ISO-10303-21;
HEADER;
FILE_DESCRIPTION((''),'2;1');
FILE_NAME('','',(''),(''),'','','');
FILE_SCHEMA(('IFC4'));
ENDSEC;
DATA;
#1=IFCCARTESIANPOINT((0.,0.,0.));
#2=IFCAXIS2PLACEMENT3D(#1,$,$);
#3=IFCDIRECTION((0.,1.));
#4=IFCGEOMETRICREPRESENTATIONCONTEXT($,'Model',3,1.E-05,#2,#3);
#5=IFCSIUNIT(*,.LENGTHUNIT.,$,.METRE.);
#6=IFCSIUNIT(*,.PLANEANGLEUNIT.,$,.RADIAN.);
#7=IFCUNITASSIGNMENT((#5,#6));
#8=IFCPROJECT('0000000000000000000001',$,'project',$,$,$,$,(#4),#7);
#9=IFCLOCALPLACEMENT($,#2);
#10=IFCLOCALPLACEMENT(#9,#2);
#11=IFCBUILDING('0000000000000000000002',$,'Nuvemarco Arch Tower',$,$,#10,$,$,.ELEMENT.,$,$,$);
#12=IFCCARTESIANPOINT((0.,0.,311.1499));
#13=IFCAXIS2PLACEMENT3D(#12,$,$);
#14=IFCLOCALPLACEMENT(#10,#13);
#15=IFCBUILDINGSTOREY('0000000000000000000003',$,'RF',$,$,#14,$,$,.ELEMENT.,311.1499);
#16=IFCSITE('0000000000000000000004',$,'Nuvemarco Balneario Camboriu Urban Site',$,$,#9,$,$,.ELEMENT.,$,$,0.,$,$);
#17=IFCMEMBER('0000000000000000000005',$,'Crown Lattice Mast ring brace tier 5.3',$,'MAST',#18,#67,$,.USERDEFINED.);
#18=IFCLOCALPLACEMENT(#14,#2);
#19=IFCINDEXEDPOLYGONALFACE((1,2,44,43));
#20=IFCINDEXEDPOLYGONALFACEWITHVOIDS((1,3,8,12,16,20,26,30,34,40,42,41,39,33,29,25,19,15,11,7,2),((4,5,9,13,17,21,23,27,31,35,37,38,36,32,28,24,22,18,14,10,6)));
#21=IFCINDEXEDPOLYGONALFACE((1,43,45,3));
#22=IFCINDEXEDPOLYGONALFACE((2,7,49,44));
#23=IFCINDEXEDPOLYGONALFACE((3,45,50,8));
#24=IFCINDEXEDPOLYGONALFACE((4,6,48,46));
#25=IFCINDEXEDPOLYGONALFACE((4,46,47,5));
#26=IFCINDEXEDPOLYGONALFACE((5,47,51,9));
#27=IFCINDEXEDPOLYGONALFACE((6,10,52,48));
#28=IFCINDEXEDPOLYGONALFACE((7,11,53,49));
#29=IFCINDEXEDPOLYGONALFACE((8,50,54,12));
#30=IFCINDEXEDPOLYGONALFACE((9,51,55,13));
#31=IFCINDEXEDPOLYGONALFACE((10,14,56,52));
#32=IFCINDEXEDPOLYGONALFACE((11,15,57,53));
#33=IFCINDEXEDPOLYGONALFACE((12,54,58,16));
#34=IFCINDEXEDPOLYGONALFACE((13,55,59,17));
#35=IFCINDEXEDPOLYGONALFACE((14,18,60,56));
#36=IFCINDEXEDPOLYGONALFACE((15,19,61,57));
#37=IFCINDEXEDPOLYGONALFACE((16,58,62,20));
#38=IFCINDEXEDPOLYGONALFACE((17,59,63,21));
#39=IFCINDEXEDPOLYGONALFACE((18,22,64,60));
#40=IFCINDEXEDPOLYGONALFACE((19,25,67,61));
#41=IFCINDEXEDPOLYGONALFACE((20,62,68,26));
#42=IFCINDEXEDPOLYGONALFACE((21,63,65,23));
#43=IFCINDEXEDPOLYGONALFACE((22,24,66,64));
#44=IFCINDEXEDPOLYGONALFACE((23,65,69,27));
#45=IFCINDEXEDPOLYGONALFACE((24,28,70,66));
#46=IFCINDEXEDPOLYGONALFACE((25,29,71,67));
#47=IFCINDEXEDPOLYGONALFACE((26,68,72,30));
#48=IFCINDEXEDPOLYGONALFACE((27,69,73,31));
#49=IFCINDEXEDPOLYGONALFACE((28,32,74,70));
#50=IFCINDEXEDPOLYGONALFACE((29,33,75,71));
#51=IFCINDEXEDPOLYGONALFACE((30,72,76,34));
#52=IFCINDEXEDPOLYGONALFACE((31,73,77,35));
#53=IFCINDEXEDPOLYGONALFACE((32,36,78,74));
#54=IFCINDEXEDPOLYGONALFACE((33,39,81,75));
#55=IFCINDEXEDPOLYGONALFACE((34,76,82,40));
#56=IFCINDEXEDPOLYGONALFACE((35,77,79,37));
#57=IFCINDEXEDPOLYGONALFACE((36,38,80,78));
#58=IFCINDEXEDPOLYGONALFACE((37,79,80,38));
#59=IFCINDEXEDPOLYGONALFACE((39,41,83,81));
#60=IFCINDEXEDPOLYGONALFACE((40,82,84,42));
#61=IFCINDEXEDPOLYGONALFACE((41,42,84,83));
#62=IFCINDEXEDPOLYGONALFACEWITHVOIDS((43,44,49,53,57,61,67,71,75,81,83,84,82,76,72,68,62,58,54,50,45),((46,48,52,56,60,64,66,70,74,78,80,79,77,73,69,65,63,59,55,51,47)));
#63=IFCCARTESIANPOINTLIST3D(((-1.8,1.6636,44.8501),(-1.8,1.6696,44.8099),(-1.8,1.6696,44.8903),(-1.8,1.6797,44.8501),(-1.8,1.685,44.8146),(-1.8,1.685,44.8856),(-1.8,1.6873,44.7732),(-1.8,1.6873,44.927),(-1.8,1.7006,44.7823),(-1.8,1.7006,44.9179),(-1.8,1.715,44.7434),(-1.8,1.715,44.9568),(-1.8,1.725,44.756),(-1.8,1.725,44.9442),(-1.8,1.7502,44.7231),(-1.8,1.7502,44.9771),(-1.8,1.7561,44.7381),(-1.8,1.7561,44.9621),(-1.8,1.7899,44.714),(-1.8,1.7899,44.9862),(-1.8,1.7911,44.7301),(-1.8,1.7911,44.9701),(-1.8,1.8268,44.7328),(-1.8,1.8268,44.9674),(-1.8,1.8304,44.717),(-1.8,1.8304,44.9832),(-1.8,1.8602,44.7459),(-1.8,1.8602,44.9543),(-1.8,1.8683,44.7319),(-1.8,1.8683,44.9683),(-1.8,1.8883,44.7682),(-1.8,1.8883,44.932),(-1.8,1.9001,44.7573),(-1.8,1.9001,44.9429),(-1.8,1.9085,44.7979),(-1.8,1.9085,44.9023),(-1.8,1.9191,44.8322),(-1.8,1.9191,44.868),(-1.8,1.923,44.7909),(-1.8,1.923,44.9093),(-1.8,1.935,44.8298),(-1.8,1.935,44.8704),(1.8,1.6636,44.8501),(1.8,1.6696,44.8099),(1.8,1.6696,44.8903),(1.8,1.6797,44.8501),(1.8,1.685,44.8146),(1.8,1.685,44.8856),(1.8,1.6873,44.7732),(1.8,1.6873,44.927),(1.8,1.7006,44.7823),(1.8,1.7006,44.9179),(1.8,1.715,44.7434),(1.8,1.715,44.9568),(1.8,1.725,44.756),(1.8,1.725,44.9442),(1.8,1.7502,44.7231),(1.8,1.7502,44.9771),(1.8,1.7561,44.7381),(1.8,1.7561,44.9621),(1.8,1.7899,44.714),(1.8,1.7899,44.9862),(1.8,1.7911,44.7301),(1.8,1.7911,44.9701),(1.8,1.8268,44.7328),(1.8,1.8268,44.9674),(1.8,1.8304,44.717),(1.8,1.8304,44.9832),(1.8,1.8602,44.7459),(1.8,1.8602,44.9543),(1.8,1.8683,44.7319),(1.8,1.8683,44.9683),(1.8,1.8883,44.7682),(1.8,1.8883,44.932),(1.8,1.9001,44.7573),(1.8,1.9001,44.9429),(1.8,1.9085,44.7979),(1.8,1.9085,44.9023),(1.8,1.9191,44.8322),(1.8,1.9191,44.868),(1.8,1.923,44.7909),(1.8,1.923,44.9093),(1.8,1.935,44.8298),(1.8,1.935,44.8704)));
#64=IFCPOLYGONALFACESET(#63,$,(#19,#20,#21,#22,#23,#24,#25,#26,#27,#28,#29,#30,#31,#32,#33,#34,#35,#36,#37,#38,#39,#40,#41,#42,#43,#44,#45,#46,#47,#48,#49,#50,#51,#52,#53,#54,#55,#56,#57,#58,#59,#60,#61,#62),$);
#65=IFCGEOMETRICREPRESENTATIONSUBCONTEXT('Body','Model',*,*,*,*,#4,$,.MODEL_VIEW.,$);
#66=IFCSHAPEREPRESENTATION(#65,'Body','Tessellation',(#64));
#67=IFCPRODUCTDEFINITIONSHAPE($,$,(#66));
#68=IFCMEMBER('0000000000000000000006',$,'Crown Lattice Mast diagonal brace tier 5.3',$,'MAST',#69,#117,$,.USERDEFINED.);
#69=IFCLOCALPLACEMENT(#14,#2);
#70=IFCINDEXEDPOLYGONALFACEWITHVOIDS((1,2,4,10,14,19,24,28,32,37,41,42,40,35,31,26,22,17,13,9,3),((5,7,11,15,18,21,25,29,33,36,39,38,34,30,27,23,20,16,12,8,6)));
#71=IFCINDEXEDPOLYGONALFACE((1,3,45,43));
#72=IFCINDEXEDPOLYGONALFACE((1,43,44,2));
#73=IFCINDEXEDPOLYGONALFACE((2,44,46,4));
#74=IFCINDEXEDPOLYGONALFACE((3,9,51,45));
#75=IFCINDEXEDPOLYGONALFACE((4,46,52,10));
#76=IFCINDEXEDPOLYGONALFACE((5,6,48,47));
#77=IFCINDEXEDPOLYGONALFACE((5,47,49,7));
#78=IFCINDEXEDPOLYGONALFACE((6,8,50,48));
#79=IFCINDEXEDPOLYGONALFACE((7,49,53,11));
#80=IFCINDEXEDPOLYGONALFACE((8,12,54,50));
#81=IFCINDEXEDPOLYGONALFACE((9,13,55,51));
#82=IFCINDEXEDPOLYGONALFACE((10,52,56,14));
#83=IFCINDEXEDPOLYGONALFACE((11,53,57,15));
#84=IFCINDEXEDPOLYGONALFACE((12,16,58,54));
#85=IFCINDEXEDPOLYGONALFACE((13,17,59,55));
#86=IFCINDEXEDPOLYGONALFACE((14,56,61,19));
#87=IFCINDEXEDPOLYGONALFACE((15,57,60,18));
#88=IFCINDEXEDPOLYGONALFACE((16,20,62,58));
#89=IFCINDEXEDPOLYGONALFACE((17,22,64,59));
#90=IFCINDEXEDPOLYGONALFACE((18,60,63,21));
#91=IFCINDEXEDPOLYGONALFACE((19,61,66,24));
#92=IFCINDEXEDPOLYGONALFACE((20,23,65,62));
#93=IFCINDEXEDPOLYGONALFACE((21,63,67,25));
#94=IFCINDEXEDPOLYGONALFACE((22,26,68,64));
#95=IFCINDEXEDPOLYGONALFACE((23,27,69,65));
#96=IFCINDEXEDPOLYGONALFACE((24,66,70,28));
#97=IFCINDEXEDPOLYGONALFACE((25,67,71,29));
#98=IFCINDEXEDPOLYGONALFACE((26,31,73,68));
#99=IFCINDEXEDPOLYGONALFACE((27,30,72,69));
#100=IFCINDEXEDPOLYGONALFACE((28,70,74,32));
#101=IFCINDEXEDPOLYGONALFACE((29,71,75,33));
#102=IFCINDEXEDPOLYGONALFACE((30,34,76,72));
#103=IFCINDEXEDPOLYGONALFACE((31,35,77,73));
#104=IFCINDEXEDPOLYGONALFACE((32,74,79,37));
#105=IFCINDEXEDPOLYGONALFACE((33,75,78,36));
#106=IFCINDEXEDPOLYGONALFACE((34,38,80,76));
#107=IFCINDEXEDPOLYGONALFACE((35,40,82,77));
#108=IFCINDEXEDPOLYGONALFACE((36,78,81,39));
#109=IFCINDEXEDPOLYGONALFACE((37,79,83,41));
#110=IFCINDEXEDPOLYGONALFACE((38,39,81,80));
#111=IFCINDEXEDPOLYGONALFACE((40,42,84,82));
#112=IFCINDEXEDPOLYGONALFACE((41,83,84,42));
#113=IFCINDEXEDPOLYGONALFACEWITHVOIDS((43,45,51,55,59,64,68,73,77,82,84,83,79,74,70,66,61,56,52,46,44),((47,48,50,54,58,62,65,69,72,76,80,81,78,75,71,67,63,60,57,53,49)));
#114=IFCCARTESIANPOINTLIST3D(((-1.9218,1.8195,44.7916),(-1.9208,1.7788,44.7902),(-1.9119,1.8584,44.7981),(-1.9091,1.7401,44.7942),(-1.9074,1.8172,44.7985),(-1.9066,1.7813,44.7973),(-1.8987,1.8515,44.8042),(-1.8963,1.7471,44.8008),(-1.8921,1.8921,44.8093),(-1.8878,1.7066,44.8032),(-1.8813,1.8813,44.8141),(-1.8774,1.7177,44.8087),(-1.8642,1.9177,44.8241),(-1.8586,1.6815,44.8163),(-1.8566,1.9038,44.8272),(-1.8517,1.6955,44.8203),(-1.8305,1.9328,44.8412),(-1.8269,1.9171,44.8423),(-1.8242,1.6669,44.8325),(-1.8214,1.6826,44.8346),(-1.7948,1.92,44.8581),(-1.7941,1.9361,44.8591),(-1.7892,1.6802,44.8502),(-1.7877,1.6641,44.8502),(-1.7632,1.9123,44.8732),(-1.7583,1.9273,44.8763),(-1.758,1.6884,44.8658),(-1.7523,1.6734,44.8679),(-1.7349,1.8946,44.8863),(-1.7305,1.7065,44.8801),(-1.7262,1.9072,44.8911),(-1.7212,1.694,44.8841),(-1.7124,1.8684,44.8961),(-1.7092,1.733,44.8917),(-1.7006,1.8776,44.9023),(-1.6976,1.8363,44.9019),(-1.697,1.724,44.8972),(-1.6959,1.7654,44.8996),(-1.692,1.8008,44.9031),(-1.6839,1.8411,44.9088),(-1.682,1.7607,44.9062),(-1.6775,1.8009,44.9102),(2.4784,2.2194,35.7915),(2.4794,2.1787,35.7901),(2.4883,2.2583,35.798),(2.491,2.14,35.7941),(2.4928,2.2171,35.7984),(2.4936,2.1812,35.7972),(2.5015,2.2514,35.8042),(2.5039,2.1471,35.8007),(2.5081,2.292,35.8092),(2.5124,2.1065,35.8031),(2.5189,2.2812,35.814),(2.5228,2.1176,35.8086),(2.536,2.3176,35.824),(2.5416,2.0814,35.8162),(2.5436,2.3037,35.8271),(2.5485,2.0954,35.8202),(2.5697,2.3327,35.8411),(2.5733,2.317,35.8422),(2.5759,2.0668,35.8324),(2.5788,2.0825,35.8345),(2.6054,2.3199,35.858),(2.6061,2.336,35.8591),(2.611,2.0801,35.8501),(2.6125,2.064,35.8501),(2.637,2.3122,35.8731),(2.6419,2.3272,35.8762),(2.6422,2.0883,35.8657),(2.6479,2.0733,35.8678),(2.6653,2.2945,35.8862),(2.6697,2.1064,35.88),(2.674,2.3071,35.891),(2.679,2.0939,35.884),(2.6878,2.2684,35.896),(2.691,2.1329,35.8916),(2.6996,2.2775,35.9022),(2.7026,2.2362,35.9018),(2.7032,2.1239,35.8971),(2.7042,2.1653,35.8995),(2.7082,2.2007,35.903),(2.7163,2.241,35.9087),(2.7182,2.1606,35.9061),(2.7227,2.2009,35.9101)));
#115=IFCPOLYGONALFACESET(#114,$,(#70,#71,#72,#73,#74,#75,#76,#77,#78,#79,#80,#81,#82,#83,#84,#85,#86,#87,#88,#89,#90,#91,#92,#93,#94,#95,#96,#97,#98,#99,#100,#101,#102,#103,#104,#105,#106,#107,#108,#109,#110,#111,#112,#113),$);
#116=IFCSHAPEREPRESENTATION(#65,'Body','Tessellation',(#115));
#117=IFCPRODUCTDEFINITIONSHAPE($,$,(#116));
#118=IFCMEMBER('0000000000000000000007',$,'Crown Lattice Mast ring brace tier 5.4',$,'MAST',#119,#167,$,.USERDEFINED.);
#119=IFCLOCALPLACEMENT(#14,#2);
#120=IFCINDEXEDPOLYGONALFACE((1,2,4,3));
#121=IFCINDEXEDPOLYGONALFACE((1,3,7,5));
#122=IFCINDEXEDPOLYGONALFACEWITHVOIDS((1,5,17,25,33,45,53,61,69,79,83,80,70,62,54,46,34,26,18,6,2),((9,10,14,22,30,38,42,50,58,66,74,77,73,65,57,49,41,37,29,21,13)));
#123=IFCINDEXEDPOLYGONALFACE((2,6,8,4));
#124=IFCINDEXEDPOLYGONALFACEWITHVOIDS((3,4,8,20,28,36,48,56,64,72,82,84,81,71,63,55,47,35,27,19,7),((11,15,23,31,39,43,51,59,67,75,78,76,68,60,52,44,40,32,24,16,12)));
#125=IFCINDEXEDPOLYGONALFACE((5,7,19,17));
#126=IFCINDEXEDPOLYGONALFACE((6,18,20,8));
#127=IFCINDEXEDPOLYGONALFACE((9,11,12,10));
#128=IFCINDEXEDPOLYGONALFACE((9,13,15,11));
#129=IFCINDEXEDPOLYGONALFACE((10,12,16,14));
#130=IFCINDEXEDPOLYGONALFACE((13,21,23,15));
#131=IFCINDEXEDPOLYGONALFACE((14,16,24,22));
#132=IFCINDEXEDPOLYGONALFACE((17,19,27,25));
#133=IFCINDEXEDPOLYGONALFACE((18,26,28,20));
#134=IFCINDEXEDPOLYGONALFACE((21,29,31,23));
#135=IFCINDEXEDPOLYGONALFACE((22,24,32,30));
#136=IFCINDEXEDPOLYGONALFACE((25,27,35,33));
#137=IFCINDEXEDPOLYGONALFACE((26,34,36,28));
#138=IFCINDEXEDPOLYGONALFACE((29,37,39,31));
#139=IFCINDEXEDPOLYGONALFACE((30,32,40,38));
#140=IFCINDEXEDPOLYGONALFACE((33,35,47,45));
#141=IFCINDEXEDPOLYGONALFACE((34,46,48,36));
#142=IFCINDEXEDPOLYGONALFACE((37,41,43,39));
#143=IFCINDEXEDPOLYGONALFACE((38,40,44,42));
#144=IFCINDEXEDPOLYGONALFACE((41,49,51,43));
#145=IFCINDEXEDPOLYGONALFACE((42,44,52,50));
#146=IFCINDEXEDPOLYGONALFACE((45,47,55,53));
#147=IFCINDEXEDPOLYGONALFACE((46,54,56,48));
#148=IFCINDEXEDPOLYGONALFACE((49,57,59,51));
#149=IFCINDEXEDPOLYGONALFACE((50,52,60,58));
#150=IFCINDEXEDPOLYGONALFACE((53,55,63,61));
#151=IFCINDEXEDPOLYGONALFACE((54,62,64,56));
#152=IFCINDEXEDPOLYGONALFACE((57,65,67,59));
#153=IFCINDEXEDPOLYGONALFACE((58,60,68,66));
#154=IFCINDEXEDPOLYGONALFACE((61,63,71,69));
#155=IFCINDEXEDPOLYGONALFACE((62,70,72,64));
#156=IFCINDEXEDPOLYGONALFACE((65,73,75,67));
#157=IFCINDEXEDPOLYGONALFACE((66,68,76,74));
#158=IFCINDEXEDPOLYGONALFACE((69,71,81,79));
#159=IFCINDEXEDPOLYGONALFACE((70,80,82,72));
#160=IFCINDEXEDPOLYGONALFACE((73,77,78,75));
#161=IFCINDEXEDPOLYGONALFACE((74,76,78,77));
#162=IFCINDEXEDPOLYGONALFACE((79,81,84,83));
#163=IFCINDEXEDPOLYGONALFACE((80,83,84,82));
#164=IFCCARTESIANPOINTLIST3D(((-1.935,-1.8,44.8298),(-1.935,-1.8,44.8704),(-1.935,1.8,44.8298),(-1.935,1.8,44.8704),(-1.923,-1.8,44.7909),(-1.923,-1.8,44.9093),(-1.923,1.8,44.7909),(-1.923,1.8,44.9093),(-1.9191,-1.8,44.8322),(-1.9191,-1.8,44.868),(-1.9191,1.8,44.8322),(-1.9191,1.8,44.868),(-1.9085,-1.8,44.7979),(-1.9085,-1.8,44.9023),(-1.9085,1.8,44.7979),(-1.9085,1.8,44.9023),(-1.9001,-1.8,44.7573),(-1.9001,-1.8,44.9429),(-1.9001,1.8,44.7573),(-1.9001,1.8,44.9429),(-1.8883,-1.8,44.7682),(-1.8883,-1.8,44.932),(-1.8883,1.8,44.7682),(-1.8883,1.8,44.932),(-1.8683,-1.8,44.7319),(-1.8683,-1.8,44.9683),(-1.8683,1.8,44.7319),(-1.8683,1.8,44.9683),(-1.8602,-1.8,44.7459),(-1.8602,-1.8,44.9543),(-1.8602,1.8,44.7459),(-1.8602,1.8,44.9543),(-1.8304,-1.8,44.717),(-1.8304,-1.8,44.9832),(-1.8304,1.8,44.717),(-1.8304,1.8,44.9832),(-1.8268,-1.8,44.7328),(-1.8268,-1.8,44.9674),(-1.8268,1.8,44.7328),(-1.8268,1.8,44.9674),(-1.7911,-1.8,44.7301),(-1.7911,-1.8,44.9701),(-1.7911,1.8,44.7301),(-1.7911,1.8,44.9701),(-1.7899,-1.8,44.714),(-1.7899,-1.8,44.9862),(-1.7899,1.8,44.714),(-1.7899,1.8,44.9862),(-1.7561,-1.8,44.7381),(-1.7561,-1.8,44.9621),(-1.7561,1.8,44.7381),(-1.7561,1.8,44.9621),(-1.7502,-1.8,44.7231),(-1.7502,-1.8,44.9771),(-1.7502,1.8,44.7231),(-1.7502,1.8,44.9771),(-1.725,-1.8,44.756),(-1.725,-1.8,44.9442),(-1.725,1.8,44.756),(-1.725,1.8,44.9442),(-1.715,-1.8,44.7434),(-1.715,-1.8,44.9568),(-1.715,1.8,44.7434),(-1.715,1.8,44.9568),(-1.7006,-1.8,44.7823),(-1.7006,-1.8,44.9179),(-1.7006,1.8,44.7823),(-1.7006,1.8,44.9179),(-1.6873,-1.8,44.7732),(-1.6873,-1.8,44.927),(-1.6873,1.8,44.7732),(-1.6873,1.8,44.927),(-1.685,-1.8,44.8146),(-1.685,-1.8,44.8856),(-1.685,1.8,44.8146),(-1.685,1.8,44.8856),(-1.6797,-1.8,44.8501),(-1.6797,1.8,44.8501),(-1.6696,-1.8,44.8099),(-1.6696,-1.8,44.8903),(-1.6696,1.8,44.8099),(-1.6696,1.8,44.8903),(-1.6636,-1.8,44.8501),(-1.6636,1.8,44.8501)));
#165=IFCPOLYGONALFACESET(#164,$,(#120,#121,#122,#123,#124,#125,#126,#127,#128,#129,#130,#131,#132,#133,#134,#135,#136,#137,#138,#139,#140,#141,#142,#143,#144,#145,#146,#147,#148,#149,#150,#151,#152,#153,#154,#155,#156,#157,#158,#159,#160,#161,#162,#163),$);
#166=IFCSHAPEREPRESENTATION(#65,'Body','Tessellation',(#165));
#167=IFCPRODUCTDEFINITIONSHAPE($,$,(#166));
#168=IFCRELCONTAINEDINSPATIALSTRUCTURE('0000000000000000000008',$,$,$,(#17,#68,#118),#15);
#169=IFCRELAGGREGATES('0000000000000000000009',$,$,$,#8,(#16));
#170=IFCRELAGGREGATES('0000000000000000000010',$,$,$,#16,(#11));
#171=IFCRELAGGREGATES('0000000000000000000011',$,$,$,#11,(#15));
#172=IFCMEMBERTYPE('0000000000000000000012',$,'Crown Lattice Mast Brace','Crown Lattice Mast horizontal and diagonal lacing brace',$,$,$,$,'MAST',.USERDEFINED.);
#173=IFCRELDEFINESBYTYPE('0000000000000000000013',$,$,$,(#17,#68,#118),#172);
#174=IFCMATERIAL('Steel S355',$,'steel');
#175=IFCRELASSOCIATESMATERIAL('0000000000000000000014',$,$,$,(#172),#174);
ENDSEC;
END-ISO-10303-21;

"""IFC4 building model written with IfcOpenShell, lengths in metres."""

from ifc_helpers import new_model, si_unit, direction, frame, origin, origin_2d, place, context, subcontext, project, spatial, hollow_circle, extrude, material, material_profile, profile_set, type_object, element, save


model = new_model("IFC4")

# Units and contexts
model_context = context("Model", 3, precision=1e-05, world=origin(), true_north=direction((0.0, 1.0)))
body_context = subcontext(model_context, "Body", "Model", "MODEL_VIEW")
ifc_project = project(units=[si_unit("LENGTHUNIT", "METRE"), si_unit("PLANEANGLEUNIT", "RADIAN")], contexts=[model_context])

# Site, building, storey
site_placement = place(None, origin())
site = spatial("IfcSite", under=ifc_project, at=site_placement, Name="Nuvemarco Balneario Camboriu Urban Site", CompositionType="ELEMENT", RefElevation=0.0)
building_placement = place(site_placement, origin())
building = spatial("IfcBuilding", under=site, at=building_placement, Name="Nuvemarco Arch Tower", CompositionType="ELEMENT")
storey_placement = place(building_placement, frame((0.0, 0.0, 311.1499)))
storey = spatial("IfcBuildingStorey", under=building, at=storey_placement, Name="RF", CompositionType="ELEMENT", Elevation=311.1499)

# Members
ifc_material = material(Name="Steel S355", Category="steel")
ifc_material_profile_1 = material_profile(ifc_material, hollow_circle(Radius=0.1365, WallThickness=0.0161, at=origin_2d()), Name="CHS273x16")
ifc_profile_set_1 = profile_set([ifc_material_profile_1], Name="Steel S355")
member_type_1 = type_object("IfcMemberType", Name="Crown Lattice Mast Brace", Description="Crown Lattice Mast horizontal and diagonal lacing brace", ElementType="MAST", PredefinedType="USERDEFINED", material=ifc_profile_set_1)
member_1_placement = place(storey_placement, frame((1.8, 1.8, 44.8501), z_axis=(-1.0, 0.0, 0.0), x_axis=(0.0, -1.0, 0.0)))
element("IfcMember", 1, at=member_1_placement, inside=storey, type_object=member_type_1, Name="Crown Lattice Mast ring brace tier 5.3", ObjectType="MAST", PredefinedType="USERDEFINED", context=body_context, shape_type="SweptSolid", body=[
    extrude(hollow_circle(Radius=0.1365, WallThickness=0.0161, at=origin_2d()), origin(), (0.0, 0.0, 1.0), 3.6001),
])
member_2_placement = place(storey_placement, frame((2.6001, 2.2, 35.8501), z_axis=(-0.438872, -0.039886, 0.897664), x_axis=(0.090511, -0.995895, 0.0)))
element("IfcMember", 2, at=member_2_placement, inside=storey, type_object=member_type_1, Name="Crown Lattice Mast diagonal brace tier 5.3", ObjectType="MAST", PredefinedType="USERDEFINED", context=body_context, shape_type="SweptSolid", body=[
    extrude(hollow_circle(Radius=0.1365, WallThickness=0.0161, at=origin_2d()), origin(), (0.0, 0.0, 1.0), 10.0261),
])
member_3_placement = place(storey_placement, frame((-1.8, 1.8, 44.8501), z_axis=(0.0, -1.0, 0.0), x_axis=(1.0, 0.0, 0.0)))
element("IfcMember", 3, at=member_3_placement, inside=storey, type_object=member_type_1, Name="Crown Lattice Mast ring brace tier 5.4", ObjectType="MAST", PredefinedType="USERDEFINED", context=body_context, shape_type="SweptSolid", body=[
    extrude(hollow_circle(Radius=0.1365, WallThickness=0.0161, at=origin_2d()), origin(), (0.0, 0.0, 1.0), 3.6001),
])

save(model, "model.ifc")
